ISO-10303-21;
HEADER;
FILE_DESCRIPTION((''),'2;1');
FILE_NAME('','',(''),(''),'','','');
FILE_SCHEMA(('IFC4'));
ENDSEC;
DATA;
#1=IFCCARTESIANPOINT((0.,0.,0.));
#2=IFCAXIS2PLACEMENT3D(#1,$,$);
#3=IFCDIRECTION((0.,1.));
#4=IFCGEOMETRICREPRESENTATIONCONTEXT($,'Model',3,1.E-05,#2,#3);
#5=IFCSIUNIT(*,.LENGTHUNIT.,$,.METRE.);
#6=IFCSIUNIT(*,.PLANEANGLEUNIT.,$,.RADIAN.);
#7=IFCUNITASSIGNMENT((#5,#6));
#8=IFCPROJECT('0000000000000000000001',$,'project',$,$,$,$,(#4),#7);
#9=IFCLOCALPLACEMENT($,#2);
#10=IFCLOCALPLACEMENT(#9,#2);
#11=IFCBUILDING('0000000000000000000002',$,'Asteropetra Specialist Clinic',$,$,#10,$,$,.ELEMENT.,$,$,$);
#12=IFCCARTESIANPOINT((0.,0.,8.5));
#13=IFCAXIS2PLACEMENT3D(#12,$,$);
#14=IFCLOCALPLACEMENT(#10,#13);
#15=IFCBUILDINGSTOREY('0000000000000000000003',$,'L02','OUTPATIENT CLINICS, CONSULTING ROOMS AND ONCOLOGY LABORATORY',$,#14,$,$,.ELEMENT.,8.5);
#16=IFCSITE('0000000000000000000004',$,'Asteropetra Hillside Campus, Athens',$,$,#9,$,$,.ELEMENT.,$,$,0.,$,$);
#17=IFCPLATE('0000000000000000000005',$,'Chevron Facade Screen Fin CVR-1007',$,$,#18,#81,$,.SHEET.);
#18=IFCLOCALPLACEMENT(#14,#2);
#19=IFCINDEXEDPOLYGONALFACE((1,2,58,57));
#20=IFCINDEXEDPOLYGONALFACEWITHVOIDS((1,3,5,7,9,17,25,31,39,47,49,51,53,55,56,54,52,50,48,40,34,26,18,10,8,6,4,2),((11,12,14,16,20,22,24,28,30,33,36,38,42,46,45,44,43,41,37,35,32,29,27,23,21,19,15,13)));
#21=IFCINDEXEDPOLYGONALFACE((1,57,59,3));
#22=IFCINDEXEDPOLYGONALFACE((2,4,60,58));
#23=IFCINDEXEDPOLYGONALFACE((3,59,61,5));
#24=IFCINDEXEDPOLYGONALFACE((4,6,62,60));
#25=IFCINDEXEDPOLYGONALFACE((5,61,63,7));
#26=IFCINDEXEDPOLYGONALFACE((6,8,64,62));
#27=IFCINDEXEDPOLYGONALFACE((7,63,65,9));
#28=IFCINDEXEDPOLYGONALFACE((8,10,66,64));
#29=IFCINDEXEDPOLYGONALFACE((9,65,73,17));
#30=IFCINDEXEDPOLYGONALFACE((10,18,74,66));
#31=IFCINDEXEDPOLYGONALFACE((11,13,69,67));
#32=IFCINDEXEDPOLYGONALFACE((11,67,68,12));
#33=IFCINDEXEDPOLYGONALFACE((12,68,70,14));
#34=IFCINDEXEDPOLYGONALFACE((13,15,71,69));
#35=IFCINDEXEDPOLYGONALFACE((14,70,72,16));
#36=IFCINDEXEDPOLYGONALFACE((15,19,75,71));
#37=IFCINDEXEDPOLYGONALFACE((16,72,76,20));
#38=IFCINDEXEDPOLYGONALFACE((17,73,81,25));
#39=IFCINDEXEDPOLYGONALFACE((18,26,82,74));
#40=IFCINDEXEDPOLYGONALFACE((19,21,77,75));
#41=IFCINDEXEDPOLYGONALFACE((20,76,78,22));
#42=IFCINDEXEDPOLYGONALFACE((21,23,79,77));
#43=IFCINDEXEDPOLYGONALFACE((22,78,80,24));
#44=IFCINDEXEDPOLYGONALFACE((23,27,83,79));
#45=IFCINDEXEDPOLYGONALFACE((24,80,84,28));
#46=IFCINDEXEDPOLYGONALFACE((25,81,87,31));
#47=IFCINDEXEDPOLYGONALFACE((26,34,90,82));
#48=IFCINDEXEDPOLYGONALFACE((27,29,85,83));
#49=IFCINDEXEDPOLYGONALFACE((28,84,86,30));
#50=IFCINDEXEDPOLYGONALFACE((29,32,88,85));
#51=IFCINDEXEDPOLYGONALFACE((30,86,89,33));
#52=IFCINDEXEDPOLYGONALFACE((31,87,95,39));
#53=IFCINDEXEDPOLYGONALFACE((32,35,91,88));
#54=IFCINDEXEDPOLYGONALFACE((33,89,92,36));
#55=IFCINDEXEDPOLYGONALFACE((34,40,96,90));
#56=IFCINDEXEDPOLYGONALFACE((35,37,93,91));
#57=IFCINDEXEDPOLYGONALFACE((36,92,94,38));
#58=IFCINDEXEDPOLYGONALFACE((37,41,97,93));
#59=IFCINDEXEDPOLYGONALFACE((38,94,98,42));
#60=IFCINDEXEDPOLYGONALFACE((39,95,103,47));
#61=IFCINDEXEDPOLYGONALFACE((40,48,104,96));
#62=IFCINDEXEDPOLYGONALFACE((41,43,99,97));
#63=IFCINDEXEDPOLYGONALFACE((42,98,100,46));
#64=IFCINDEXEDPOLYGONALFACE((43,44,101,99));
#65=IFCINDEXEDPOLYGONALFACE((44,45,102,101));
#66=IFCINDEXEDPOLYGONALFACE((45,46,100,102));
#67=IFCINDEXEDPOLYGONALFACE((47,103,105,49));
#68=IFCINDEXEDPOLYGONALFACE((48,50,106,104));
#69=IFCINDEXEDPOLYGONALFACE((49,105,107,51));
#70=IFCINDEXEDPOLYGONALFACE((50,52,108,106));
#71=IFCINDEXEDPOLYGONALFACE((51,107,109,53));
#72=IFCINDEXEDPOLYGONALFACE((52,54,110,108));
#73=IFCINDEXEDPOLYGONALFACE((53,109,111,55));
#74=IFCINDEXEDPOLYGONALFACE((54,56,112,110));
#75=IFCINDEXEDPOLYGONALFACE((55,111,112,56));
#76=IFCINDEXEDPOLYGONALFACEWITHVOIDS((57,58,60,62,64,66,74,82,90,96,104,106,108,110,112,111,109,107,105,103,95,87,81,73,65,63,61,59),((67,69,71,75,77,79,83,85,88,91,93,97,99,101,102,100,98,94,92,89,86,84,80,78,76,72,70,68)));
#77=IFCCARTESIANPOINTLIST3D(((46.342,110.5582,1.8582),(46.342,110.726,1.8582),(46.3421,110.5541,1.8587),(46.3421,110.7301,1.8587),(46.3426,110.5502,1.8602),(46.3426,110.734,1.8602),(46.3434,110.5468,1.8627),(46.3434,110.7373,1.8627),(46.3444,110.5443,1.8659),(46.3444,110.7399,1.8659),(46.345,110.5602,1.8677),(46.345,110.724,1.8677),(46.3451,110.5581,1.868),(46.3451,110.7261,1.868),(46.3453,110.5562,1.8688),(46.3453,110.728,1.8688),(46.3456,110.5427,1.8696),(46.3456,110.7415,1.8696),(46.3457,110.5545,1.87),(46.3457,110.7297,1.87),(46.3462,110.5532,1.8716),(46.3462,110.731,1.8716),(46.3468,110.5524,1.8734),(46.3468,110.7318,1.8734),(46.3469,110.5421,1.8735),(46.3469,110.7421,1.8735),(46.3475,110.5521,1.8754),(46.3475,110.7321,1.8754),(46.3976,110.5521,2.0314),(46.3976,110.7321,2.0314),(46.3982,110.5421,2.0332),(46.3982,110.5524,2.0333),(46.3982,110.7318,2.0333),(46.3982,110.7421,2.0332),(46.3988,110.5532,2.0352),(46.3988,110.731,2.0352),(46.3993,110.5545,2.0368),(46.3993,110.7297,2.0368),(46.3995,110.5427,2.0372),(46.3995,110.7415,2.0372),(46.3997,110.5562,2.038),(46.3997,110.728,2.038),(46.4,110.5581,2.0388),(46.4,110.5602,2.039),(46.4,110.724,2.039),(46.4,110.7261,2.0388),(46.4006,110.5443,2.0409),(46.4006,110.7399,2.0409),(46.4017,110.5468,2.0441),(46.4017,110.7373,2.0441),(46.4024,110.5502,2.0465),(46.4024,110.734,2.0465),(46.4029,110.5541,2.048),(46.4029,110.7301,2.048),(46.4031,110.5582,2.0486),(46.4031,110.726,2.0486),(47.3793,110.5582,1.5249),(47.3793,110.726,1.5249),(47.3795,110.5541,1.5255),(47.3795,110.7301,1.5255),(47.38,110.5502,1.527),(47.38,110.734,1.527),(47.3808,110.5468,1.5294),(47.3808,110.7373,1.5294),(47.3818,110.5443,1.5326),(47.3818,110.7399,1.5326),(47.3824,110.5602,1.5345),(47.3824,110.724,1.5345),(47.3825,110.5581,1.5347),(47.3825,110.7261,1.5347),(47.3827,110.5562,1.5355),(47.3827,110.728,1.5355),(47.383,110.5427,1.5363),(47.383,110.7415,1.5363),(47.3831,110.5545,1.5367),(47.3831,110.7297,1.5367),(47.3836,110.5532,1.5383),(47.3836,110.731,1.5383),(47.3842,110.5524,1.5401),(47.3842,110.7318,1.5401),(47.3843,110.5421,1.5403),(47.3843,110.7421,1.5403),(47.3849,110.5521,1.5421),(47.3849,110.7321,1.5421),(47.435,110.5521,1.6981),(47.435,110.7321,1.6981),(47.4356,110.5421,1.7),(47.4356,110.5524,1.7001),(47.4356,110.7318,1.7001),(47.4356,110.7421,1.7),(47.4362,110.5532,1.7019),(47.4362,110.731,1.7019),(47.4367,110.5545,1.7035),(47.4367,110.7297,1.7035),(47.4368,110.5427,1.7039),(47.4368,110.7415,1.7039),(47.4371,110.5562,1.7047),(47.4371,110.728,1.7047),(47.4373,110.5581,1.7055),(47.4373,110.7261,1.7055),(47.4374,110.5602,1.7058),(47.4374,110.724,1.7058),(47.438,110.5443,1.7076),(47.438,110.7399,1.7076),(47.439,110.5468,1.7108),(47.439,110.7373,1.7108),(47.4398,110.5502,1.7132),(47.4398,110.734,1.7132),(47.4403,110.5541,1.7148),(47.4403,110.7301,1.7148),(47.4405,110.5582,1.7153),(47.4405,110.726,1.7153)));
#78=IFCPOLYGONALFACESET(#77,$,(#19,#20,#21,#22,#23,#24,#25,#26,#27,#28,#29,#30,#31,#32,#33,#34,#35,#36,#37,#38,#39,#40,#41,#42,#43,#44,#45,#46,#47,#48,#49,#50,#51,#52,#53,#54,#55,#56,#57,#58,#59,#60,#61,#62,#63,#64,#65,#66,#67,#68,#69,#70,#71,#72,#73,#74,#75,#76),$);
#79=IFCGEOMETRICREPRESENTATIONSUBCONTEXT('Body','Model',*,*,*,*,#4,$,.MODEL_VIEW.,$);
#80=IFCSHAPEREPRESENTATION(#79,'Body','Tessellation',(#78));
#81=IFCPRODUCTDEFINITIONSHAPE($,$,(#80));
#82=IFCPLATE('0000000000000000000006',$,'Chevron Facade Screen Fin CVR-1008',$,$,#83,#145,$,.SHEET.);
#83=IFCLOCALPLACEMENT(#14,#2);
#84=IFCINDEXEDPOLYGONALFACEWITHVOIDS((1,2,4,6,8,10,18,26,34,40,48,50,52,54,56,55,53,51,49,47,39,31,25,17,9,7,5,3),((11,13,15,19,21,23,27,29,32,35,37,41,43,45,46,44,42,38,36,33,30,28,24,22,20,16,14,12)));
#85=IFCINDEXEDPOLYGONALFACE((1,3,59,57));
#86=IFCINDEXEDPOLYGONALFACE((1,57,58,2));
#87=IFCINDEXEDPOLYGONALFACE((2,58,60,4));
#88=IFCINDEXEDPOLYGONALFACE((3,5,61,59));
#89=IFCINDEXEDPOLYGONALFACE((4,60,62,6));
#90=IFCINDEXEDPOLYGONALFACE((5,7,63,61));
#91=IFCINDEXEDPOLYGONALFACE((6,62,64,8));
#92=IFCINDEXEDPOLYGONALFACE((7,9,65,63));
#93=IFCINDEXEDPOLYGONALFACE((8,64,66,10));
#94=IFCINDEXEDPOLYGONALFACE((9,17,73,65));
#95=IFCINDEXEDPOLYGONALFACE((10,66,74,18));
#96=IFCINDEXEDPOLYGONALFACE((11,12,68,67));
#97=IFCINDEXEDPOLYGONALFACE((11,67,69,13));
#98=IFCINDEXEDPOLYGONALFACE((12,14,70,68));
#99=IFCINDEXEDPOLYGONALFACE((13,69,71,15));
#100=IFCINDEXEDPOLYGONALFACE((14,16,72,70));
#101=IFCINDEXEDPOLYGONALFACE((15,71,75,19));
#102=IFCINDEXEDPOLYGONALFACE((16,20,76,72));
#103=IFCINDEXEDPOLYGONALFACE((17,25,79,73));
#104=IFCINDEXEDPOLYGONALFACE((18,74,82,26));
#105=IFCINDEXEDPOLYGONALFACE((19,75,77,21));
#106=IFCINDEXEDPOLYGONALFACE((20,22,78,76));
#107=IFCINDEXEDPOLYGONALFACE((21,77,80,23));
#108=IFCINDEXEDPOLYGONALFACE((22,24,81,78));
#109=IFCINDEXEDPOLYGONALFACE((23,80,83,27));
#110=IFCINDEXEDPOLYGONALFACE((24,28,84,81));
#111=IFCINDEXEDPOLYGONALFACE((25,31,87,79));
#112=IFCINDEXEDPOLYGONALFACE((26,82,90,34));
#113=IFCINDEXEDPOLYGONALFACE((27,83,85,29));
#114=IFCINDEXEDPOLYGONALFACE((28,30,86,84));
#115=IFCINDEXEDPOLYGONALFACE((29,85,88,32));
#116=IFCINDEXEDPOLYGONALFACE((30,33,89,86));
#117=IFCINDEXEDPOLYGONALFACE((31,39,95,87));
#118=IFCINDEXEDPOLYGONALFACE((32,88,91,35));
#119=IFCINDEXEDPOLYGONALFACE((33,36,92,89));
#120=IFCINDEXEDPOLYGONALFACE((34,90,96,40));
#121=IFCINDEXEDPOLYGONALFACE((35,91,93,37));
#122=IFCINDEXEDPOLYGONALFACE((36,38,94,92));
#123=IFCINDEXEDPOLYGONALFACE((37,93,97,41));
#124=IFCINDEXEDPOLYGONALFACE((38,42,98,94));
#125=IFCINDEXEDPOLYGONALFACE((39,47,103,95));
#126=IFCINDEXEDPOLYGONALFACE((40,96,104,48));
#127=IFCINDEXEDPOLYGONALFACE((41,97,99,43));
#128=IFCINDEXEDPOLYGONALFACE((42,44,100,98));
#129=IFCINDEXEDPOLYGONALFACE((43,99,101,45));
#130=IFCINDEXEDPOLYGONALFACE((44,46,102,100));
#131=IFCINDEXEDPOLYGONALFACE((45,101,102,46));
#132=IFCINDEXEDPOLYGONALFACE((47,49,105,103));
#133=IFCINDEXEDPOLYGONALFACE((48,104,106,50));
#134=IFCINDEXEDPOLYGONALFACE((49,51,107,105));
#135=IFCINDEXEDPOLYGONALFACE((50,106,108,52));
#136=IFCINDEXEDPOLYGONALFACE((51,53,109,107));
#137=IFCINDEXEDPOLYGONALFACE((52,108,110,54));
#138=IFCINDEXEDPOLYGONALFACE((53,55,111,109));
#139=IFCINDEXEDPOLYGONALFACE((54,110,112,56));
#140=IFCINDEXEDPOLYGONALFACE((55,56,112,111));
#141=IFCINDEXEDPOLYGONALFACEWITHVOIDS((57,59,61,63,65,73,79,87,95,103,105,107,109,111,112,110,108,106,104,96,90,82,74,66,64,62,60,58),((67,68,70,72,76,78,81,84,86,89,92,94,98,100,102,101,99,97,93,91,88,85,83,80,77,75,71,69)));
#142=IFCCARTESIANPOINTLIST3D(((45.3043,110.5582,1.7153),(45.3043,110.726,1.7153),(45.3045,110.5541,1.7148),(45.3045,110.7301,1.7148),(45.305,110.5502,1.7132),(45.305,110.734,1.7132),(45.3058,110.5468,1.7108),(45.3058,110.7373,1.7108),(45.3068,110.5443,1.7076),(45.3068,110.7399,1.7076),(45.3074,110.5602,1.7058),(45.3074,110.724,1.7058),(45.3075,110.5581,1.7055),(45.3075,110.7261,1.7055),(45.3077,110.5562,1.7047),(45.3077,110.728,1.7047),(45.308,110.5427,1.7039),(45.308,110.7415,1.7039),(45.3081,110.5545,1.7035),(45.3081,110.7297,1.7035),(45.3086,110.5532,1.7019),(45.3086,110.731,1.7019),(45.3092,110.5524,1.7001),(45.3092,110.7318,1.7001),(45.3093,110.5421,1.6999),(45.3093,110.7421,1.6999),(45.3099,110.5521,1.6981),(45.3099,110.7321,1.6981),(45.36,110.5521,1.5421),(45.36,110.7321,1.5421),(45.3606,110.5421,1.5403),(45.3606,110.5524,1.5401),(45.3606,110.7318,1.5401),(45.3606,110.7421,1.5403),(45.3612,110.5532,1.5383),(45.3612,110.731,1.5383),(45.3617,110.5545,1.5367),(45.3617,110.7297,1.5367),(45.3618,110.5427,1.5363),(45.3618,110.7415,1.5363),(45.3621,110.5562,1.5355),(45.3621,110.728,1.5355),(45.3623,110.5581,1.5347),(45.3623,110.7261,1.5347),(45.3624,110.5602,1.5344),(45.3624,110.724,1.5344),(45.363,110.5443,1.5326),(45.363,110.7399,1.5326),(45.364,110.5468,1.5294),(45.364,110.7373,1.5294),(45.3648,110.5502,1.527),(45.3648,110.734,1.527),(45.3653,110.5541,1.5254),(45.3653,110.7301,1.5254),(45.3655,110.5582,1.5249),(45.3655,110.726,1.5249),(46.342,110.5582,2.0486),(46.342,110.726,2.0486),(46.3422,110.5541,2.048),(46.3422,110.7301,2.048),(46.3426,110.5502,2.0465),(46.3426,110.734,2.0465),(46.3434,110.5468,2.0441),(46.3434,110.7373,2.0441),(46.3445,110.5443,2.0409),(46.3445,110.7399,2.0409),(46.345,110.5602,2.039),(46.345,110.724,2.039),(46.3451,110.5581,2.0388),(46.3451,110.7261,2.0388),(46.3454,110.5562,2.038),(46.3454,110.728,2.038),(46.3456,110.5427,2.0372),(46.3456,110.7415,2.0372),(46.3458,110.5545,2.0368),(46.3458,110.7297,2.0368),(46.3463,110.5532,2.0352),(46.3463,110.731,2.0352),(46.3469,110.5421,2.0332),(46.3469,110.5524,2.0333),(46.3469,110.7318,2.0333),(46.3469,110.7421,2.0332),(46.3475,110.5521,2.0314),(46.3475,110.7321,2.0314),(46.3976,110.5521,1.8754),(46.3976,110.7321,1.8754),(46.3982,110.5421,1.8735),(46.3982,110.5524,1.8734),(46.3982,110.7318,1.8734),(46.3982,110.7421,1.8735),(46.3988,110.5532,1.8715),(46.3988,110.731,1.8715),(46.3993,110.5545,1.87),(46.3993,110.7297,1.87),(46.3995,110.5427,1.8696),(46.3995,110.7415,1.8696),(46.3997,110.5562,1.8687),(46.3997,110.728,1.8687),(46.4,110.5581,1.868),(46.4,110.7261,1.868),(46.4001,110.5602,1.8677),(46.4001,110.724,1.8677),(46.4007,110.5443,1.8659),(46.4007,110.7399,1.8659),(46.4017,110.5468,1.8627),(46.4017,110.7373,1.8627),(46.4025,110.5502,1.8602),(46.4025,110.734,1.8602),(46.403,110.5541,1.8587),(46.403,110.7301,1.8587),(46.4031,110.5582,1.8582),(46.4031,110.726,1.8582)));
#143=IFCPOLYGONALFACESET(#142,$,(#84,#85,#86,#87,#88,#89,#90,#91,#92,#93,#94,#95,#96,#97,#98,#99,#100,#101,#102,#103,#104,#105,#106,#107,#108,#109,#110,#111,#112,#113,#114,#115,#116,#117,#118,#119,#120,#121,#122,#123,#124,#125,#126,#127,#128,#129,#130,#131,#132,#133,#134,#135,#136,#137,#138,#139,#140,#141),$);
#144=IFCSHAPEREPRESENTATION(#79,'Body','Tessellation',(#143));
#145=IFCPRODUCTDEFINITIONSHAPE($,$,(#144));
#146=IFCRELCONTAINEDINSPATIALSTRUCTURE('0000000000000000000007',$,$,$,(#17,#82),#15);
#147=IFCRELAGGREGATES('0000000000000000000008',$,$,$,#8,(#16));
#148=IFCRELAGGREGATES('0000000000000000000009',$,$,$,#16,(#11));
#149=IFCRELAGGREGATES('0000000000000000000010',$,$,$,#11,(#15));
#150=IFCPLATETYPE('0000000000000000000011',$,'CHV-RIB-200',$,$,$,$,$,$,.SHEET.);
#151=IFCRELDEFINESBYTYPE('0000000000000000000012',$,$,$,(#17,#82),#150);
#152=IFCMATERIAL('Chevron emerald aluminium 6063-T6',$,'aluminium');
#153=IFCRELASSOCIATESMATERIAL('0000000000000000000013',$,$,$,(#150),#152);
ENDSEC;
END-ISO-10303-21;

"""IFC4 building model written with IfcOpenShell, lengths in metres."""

from ifc_helpers import new_model, si_unit, direction, frame, origin, origin_2d, place, context, subcontext, project, spatial, hollow_rectangle, extrude, material, material_profile, profile_set, type_object, element, save


model = new_model("IFC4")

# Units and contexts
model_context = context("Model", 3, precision=1e-05, world=origin(), true_north=direction((0.0, 1.0)))
body_context = subcontext(model_context, "Body", "Model", "MODEL_VIEW")
ifc_project = project(units=[si_unit("LENGTHUNIT", "METRE"), si_unit("PLANEANGLEUNIT", "RADIAN")], contexts=[model_context])

# Site, building, storey
site_placement = place(None, origin())
site = spatial("IfcSite", under=ifc_project, at=site_placement, Name="Asteropetra Hillside Campus, Athens", CompositionType="ELEMENT", RefElevation=0.0)
building_placement = place(site_placement, origin())
building = spatial("IfcBuilding", under=site, at=building_placement, Name="Asteropetra Specialist Clinic", CompositionType="ELEMENT")
storey_placement = place(building_placement, frame((0.0, 0.0, 8.5)))
storey = spatial("IfcBuildingStorey", under=building, at=storey_placement, Name="L02", Description="OUTPATIENT CLINICS, CONSULTING ROOMS AND ONCOLOGY LABORATORY", CompositionType="ELEMENT", Elevation=8.5)

# Plates
ifc_material_1 = material(Name="Chevron emerald aluminium 6063-T6", Category="aluminium")
ifc_material_profile_1 = material_profile(ifc_material_1, hollow_rectangle(XDim=0.2, YDim=0.2, WallThickness=0.01, InnerFilletRadius=0.0081, OuterFilletRadius=0.0161, at=origin_2d()), Name="SHS 200x200x10.0")
ifc_profile_set_1 = profile_set([ifc_material_profile_1], Name="Chevron emerald aluminium 6063-T6")
plate_type_1 = type_object("IfcPlateType", Name="CHV-RIB-200", PredefinedType="SHEET", material=ifc_profile_set_1)
plate_1_placement = place(storey_placement, frame((47.4099, 110.6421, 1.6201), z_axis=(-0.952078, 0.0, 0.305857), x_axis=(0.0, -1.0, 0.0)))
element("IfcPlate", 1, at=plate_1_placement, inside=storey, type_object=plate_type_1, Name="Chevron Facade Screen Fin CVR-1007", PredefinedType="SHEET", context=body_context, shape_type="SweptSolid", body=[
    extrude(hollow_rectangle(XDim=0.2, YDim=0.2, WallThickness=0.01, InnerFilletRadius=0.0081, OuterFilletRadius=0.0161, at=origin_2d()), origin(), (0.0, 0.0, 1.0), 1.0896),
])
plate_2_placement = place(storey_placement, frame((46.3726, 110.6421, 1.9534), z_axis=(-0.952098, 0.0, -0.305792), x_axis=(0.0, -1.0, 0.0)))
element("IfcPlate", 2, at=plate_2_placement, inside=storey, type_object=plate_type_1, Name="Chevron Facade Screen Fin CVR-1008", PredefinedType="SHEET", context=body_context, shape_type="SweptSolid", body=[
    extrude(hollow_rectangle(XDim=0.2, YDim=0.2, WallThickness=0.01, InnerFilletRadius=0.0081, OuterFilletRadius=0.0161, at=origin_2d()), origin(), (0.0, 0.0, 1.0), 1.0898),
])

save(model, "model.ifc")
